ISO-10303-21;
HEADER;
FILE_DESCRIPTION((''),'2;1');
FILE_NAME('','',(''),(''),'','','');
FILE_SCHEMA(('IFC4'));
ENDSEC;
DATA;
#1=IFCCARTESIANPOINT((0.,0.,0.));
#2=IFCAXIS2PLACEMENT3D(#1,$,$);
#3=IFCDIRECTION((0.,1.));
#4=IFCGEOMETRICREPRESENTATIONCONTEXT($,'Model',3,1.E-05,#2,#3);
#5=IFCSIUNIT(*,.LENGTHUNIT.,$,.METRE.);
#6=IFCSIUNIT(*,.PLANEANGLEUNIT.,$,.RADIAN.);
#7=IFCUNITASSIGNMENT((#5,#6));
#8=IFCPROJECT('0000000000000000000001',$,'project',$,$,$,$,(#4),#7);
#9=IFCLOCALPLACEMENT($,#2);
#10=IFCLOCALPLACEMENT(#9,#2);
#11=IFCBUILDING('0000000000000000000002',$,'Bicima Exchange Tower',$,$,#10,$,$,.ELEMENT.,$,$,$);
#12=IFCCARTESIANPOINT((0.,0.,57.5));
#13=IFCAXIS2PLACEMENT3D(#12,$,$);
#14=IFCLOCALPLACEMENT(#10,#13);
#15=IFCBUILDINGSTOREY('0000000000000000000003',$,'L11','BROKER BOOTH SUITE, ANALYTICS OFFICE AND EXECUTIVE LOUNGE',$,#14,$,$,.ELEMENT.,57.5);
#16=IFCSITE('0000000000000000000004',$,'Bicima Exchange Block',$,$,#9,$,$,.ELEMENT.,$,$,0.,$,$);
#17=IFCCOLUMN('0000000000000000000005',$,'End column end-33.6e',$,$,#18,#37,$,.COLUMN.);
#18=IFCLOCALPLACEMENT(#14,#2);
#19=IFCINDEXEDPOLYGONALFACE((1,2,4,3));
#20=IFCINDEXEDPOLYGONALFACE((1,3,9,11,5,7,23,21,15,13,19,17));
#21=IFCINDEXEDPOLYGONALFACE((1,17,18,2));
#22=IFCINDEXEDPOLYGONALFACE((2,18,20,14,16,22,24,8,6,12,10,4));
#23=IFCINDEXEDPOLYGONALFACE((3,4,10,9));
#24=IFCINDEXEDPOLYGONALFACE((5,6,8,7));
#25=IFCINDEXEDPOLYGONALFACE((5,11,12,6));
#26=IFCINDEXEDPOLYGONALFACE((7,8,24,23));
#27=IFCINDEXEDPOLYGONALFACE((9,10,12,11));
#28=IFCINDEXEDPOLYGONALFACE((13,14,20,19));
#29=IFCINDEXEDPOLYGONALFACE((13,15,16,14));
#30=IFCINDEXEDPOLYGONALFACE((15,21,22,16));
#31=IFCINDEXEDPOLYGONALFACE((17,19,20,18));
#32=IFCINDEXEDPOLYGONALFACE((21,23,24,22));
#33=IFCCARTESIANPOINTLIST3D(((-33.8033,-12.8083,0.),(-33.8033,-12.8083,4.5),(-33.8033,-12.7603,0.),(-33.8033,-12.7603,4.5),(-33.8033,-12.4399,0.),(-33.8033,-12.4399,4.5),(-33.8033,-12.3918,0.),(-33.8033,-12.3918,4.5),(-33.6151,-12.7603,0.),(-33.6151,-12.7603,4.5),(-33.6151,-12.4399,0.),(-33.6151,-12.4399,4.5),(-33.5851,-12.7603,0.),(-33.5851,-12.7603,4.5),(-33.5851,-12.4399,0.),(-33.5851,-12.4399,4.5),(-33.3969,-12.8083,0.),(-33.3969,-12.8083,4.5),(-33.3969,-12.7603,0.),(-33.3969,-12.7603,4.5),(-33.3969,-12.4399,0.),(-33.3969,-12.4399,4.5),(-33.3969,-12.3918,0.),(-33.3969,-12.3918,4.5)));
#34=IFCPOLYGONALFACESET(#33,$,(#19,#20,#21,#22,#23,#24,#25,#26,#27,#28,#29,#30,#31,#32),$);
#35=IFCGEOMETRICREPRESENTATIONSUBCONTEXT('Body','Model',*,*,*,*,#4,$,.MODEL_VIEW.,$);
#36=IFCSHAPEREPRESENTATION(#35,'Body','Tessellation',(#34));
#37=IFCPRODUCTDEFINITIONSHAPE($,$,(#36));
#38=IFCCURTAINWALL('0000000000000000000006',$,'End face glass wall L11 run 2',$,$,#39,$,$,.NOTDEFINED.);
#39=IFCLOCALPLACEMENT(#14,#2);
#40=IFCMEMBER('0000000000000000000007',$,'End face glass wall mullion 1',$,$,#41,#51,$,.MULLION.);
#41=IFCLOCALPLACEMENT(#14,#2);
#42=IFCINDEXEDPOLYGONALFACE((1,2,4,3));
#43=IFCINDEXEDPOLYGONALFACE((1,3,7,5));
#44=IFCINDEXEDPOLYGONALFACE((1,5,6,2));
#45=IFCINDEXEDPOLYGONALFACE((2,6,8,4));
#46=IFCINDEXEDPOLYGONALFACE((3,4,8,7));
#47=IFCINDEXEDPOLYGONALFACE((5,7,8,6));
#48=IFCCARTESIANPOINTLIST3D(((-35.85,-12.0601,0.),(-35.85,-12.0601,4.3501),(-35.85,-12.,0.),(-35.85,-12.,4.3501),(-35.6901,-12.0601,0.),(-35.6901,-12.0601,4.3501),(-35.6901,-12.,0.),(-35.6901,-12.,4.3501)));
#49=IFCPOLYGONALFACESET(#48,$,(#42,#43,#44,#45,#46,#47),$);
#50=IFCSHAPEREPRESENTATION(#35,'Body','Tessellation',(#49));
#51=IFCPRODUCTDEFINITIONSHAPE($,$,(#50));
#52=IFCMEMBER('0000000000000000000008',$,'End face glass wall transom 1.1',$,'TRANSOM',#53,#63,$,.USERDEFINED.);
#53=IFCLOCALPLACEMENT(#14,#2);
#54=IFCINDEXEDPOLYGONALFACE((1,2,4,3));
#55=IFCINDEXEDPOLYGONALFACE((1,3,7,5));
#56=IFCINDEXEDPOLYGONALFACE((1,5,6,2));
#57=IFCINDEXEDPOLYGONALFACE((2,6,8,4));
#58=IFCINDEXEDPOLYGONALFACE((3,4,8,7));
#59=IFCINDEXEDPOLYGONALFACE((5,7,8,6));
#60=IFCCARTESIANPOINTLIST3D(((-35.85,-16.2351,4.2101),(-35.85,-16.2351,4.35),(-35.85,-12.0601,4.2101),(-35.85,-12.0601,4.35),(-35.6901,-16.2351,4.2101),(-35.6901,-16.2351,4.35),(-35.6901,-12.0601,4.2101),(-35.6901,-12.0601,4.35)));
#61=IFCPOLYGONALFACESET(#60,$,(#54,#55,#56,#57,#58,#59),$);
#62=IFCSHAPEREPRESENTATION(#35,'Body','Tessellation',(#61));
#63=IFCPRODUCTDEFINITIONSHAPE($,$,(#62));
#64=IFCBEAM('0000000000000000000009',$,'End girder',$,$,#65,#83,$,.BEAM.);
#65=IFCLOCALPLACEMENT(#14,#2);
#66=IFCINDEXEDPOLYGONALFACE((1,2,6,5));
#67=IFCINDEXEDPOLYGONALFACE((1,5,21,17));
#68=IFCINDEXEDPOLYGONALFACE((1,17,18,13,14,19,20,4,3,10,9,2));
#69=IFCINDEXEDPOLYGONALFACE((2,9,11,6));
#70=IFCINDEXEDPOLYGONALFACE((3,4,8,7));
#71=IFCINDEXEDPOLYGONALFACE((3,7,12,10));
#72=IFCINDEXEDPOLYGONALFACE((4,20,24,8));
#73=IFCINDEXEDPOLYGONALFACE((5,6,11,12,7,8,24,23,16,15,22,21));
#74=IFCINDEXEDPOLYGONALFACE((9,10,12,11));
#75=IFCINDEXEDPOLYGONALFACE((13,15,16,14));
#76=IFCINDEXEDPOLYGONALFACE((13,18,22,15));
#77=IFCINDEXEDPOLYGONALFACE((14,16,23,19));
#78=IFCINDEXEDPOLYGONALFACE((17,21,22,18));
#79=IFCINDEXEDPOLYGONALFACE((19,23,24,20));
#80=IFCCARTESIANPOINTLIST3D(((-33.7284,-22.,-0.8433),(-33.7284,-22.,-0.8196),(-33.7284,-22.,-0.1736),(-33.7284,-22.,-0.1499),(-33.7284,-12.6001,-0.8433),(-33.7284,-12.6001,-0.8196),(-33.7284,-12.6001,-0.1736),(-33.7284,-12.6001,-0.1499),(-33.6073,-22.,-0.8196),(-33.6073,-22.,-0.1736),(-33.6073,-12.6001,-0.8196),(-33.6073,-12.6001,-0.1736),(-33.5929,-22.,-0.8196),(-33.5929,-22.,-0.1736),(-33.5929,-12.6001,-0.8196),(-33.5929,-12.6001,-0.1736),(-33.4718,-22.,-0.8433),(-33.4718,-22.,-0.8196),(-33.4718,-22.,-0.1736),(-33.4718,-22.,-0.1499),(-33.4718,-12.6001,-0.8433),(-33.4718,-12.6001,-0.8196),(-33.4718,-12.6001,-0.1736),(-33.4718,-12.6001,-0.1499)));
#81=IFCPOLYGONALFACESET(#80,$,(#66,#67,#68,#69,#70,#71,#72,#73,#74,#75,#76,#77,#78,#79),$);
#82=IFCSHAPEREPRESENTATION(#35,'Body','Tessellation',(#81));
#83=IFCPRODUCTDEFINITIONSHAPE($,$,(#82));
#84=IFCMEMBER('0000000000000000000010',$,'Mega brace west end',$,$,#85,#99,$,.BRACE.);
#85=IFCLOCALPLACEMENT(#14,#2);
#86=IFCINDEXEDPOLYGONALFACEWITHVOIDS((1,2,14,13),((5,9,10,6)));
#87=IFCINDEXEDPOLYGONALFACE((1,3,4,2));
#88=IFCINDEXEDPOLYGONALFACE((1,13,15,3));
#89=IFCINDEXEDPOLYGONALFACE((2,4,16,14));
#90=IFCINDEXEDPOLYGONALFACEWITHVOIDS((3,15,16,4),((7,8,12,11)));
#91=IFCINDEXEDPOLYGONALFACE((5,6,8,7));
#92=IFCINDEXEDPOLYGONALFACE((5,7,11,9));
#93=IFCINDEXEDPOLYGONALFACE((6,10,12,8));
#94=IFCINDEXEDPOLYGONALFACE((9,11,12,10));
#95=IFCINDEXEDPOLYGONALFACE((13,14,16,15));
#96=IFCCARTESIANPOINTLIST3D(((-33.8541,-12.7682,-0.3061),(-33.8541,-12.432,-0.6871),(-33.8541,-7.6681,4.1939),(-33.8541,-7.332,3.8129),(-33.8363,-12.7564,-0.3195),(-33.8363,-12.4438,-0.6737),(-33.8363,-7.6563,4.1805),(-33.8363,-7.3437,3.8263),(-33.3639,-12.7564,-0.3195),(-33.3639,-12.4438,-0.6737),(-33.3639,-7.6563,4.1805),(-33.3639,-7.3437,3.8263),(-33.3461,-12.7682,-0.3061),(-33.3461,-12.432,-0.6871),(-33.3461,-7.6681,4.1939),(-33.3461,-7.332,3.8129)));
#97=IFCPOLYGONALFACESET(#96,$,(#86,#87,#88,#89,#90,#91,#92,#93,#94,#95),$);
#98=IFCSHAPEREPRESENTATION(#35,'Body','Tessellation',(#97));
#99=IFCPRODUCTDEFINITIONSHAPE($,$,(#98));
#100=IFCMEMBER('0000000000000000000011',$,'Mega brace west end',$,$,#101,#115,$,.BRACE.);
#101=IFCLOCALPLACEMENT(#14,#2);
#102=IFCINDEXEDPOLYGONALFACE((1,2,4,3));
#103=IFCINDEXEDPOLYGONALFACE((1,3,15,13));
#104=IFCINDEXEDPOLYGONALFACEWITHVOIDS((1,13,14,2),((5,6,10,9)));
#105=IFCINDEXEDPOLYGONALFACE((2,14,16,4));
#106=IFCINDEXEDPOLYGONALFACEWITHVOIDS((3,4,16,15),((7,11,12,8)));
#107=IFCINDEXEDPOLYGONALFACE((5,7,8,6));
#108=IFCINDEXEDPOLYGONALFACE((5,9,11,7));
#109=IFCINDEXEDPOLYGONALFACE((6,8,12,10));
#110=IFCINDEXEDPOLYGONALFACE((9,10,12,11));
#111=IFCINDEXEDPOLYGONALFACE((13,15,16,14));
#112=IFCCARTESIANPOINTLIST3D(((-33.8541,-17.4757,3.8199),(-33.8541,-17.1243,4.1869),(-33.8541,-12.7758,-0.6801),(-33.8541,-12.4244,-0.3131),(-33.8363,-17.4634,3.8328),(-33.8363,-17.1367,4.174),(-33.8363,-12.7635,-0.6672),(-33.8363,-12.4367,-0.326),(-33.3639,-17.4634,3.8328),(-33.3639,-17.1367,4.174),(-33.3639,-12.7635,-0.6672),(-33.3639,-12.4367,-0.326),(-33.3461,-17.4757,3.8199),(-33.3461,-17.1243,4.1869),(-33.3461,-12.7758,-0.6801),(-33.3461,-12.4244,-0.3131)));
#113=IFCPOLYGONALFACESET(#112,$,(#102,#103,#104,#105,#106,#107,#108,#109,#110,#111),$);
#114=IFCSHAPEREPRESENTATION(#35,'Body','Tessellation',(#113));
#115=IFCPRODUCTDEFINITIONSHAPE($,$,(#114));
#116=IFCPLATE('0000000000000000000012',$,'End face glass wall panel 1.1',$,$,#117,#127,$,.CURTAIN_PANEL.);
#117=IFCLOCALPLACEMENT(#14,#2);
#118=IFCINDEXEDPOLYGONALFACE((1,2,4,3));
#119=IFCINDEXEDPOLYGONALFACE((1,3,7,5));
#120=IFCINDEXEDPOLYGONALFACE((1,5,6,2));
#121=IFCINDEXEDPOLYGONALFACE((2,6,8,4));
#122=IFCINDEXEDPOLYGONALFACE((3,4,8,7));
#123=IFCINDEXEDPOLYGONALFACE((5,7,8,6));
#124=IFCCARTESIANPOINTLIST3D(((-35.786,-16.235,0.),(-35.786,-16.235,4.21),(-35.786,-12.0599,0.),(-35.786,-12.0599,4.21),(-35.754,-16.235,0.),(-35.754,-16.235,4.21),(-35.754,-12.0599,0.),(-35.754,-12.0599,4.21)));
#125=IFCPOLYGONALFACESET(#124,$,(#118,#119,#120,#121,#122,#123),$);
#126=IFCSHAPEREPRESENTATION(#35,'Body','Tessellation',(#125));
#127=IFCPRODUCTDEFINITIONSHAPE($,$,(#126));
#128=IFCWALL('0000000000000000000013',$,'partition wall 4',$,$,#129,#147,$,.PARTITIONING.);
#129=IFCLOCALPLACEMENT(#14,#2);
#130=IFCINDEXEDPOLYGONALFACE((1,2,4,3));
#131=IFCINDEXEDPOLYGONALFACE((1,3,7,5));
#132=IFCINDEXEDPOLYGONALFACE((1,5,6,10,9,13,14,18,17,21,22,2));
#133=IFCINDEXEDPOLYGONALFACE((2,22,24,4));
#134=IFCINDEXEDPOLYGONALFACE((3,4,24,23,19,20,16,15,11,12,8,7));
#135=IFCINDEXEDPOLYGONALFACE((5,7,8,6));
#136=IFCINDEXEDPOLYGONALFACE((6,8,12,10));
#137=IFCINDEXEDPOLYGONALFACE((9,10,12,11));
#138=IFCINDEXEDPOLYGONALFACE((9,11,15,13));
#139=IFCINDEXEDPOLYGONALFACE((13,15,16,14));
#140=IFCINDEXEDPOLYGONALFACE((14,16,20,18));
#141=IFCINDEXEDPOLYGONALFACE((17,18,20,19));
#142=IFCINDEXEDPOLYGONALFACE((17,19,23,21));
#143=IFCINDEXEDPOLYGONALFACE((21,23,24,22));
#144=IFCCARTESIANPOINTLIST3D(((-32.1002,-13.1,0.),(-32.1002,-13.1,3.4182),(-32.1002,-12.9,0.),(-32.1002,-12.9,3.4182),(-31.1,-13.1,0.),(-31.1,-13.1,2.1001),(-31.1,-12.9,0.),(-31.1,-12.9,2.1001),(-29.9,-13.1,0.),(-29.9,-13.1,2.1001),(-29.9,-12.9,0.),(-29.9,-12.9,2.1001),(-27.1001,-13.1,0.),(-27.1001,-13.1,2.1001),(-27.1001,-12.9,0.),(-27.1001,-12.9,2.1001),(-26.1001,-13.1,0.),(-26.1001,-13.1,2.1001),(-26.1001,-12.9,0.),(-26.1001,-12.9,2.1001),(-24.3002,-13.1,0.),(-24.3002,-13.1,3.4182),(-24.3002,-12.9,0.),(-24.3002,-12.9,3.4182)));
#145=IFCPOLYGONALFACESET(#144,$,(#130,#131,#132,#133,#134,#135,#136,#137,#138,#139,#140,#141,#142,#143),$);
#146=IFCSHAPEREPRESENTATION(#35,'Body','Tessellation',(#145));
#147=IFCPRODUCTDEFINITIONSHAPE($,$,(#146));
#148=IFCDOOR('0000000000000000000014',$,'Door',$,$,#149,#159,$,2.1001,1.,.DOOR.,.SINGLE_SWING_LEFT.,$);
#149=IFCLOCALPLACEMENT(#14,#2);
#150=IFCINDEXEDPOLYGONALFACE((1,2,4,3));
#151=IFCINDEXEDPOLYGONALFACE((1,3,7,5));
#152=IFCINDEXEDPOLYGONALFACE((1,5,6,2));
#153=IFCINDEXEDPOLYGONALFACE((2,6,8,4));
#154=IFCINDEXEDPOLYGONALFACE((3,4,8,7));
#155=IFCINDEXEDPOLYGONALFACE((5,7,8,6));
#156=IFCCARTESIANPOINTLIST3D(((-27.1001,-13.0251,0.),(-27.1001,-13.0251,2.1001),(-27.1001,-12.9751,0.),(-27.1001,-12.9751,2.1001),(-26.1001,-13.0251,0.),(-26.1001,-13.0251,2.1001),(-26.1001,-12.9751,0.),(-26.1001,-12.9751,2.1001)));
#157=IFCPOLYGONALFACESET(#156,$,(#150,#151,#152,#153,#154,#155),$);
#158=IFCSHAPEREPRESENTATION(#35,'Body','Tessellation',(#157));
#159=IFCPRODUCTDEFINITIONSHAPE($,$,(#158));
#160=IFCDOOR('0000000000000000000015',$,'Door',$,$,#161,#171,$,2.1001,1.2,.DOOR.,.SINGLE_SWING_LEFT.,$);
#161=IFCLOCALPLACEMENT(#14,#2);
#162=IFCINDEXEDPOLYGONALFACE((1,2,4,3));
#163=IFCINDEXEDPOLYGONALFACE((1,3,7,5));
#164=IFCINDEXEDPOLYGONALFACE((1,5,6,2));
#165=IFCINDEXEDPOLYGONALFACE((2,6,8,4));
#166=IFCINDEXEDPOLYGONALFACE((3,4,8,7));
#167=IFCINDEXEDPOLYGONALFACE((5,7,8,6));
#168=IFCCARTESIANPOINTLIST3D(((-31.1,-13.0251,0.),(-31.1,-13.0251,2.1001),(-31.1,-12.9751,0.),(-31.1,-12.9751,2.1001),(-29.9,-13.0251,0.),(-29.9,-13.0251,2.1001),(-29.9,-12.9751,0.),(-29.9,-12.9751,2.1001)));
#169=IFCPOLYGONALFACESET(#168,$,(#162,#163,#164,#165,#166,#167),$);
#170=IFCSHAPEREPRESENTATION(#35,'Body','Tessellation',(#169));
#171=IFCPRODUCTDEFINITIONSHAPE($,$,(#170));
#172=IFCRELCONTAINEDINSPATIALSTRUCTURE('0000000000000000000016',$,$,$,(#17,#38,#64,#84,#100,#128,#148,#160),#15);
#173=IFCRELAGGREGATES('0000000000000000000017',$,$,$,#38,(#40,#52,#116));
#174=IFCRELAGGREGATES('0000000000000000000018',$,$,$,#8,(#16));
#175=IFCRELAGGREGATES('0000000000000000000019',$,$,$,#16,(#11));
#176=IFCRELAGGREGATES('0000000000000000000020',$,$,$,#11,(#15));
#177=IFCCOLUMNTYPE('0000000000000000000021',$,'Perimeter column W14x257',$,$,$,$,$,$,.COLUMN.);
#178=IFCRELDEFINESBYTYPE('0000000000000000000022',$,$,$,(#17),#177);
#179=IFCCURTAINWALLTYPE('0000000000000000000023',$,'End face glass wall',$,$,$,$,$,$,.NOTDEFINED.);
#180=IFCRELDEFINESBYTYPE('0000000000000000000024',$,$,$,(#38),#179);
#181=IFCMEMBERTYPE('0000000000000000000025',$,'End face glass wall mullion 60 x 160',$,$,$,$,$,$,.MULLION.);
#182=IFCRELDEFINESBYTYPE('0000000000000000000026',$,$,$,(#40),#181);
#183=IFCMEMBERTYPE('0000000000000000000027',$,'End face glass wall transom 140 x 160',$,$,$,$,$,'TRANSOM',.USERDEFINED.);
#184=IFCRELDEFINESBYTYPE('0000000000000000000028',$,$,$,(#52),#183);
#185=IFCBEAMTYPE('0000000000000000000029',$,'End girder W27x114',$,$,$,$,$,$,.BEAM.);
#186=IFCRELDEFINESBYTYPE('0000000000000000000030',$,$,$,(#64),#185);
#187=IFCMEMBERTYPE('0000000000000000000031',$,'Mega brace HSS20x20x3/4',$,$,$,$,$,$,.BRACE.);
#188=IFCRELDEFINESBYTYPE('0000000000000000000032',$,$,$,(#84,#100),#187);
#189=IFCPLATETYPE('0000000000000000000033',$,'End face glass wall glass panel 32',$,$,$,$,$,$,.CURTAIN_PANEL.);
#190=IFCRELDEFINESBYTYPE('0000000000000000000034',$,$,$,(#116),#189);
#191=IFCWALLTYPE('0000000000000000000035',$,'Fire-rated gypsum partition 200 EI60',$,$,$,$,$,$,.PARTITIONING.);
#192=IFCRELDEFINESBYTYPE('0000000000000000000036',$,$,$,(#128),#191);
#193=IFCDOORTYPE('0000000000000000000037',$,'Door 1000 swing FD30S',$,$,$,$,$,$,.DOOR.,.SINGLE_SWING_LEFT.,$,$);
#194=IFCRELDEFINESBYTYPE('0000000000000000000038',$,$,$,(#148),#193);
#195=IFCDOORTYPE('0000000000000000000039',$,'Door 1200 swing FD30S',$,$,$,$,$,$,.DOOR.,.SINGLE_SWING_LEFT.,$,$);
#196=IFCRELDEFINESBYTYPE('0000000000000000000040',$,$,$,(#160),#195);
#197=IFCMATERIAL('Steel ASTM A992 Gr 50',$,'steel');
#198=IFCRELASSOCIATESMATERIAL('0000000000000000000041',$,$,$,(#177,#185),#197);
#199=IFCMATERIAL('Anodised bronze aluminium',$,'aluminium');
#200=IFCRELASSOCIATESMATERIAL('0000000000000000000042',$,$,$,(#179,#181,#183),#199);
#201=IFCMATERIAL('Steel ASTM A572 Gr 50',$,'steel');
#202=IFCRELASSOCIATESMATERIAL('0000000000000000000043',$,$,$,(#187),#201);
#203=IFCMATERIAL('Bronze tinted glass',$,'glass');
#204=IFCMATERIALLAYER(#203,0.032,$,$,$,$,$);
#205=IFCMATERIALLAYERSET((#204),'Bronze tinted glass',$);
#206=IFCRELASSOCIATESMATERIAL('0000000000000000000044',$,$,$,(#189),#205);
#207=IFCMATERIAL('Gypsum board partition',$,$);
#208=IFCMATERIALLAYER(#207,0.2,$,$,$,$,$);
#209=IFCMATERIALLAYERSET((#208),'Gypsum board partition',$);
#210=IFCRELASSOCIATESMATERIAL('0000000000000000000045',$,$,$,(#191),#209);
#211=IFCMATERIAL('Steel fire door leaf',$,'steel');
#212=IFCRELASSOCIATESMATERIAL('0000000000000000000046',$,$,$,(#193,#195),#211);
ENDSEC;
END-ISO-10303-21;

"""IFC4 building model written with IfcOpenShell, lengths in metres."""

from ifc_helpers import new_model, si_unit, direction, frame, frame_2d, origin, origin_2d, place, context, subcontext, project, spatial, rectangle, hollow_rectangle, i_section, extrude, material, layer, layer_set, material_profile, profile_set, type_object, element, fill, aggregate, save


model = new_model("IFC4")

# Units and contexts
model_context = context("Model", 3, precision=1e-05, world=origin(), true_north=direction((0.0, 1.0)))
body_context = subcontext(model_context, "Body", "Model", "MODEL_VIEW")
ifc_project = project(units=[si_unit("LENGTHUNIT", "METRE"), si_unit("PLANEANGLEUNIT", "RADIAN")], contexts=[model_context])

# Site, building, storey
site_placement = place(None, origin())
site = spatial("IfcSite", under=ifc_project, at=site_placement, Name="Bicima Exchange Block", CompositionType="ELEMENT", RefElevation=0.0)
building_placement = place(site_placement, origin())
building = spatial("IfcBuilding", under=site, at=building_placement, Name="Bicima Exchange Tower", CompositionType="ELEMENT")
storey_placement = place(building_placement, frame((0.0, 0.0, 57.5)))
storey = spatial("IfcBuildingStorey", under=building, at=storey_placement, Name="L11", Description="BROKER BOOTH SUITE, ANALYTICS OFFICE AND EXECUTIVE LOUNGE", CompositionType="ELEMENT", Elevation=57.5)

# Column
ifc_material_1 = material(Name="Steel ASTM A992 Gr 50", Category="steel")
ifc_material_profile_1 = material_profile(ifc_material_1, i_section(OverallWidth=0.4065, OverallDepth=0.4165, WebThickness=0.03, FlangeThickness=0.0481, at=origin_2d()))
ifc_profile_set_1 = profile_set([ifc_material_profile_1], Name="Steel ASTM A992 Gr 50")
column_type = type_object("IfcColumnType", Name="Perimeter column W14x257", PredefinedType="COLUMN", material=ifc_profile_set_1)
column_placement = place(storey_placement, frame((-33.6001, -12.6001, 0.0), z_axis=(0.0, 0.0, 1.0), x_axis=(1.0, 0.0, 0.0)))
element("IfcColumn", 1, at=column_placement, inside=storey, type_object=column_type, Name="End column end-33.6e", PredefinedType="COLUMN", context=body_context, shape_type="SweptSolid", body=[
    extrude(i_section(OverallWidth=0.4065, OverallDepth=0.4165, WebThickness=0.03, FlangeThickness=0.0481, at=origin_2d()), origin(), (0.0, 0.0, 1.0), 4.5),
])

# Curtain wall, members
ifc_material_2 = material(Name="Anodised bronze aluminium", Category="aluminium")
curtain_wall_type = type_object("IfcCurtainWallType", Name="End face glass wall", PredefinedType="NOTDEFINED", material=ifc_material_2)
curtain_wall_placement = place(storey_placement, origin())
curtain_wall = element("IfcCurtainWall", 2, at=curtain_wall_placement, inside=storey, type_object=curtain_wall_type, Name="End face glass wall L11 run 2", PredefinedType="NOTDEFINED")
ifc_material_profile_2 = material_profile(ifc_material_2, rectangle(XDim=0.1599, YDim=0.0601, at=origin_2d()))
ifc_profile_set_2 = profile_set([ifc_material_profile_2], Name="Anodised bronze aluminium")
member_type_1 = type_object("IfcMemberType", Name="End face glass wall mullion 60 x 160", PredefinedType="MULLION", material=ifc_profile_set_2)
member_1_placement = place(storey_placement, frame((-35.77, -12.03, 0.0), z_axis=(0.0, 0.0, 1.0), x_axis=(1.0, 0.0, 0.0)))
member_1 = element("IfcMember", 3, at=member_1_placement, type_object=member_type_1, Name="End face glass wall mullion 1", PredefinedType="MULLION", context=body_context, shape_type="SweptSolid", body=[
    extrude(rectangle(XDim=0.1599, YDim=0.0601, at=origin_2d()), origin(), (0.0, 0.0, 1.0), 4.3501),
])
ifc_material_profile_3 = material_profile(ifc_material_2, rectangle(XDim=0.1599, YDim=0.1399, at=origin_2d()))
ifc_profile_set_3 = profile_set([ifc_material_profile_3], Name="Anodised bronze aluminium")
member_type_2 = type_object("IfcMemberType", Name="End face glass wall transom 140 x 160", ElementType="TRANSOM", PredefinedType="USERDEFINED", material=ifc_profile_set_3)
member_2_placement = place(storey_placement, frame((-35.77, -12.0601, 4.28), z_axis=(0.0, -1.0, 0.0), x_axis=(1.0, 0.0, 0.0)))
member_2 = element("IfcMember", 4, at=member_2_placement, type_object=member_type_2, Name="End face glass wall transom 1.1", ObjectType="TRANSOM", PredefinedType="USERDEFINED", context=body_context, shape_type="SweptSolid", body=[
    extrude(rectangle(XDim=0.1599, YDim=0.1399, at=origin_2d()), origin(), (0.0, 0.0, 1.0), 4.175),
])

# Beam
ifc_material_profile_4 = material_profile(ifc_material_1, i_section(OverallWidth=0.2566, OverallDepth=0.6934, WebThickness=0.0144, FlangeThickness=0.0237, at=origin_2d()))
ifc_profile_set_4 = profile_set([ifc_material_profile_4], Name="Steel ASTM A992 Gr 50")
beam_type = type_object("IfcBeamType", Name="End girder W27x114", PredefinedType="BEAM", material=ifc_profile_set_4)
beam_placement = place(storey_placement, frame((-33.6001, -12.6001, -0.4966), z_axis=(0.0, -1.0, 0.0), x_axis=(1.0, 0.0, 0.0)))
element("IfcBeam", 5, at=beam_placement, inside=storey, type_object=beam_type, Name="End girder", PredefinedType="BEAM", context=body_context, shape_type="SweptSolid", body=[
    extrude(i_section(OverallWidth=0.2566, OverallDepth=0.6934, WebThickness=0.0144, FlangeThickness=0.0237, at=origin_2d()), origin(), (0.0, 0.0, 1.0), 9.3999),
])

# Members
ifc_material_3 = material(Name="Steel ASTM A572 Gr 50", Category="steel")
ifc_material_profile_5 = material_profile(ifc_material_3, hollow_rectangle(XDim=0.5081, YDim=0.5081, WallThickness=0.0178, at=origin_2d()))
ifc_profile_set_5 = profile_set([ifc_material_profile_5], Name="Steel ASTM A572 Gr 50")
member_type_3 = type_object("IfcMemberType", Name="Mega brace HSS20x20x3/4", PredefinedType="BRACE", material=ifc_profile_set_5)
member_3_placement = place(storey_placement, frame((-33.6001, -12.6001, -0.4966), z_axis=(0.0, 0.749844, 0.661615), x_axis=(-1.0, 0.0, 0.0)))
element("IfcMember", 6, at=member_3_placement, inside=storey, type_object=member_type_3, Name="Mega brace west end", PredefinedType="BRACE", context=body_context, shape_type="SweptSolid", body=[
    extrude(hollow_rectangle(XDim=0.5081, YDim=0.5081, WallThickness=0.0178, at=origin_2d()), origin(), (0.0, 0.0, 1.0), 6.8015),
])
member_4_placement = place(storey_placement, frame((-33.6001, -12.6001, -0.4966), z_axis=(0.0, -0.722304, 0.691575), x_axis=(1.0, 0.0, 0.0)))
element("IfcMember", 7, at=member_4_placement, inside=storey, type_object=member_type_3, Name="Mega brace west end", PredefinedType="BRACE", context=body_context, shape_type="SweptSolid", body=[
    extrude(hollow_rectangle(XDim=0.5081, YDim=0.5081, WallThickness=0.0178, at=origin_2d()), origin(), (0.0, 0.0, 1.0), 6.5068),
])

# Plate
ifc_material_4 = material(Name="Bronze tinted glass", Category="glass")
ifc_layer_1 = layer(ifc_material_4, 0.032)
ifc_layer_set_1 = layer_set([ifc_layer_1], Name="Bronze tinted glass")
plate_type = type_object("IfcPlateType", Name="End face glass wall glass panel 32", PredefinedType="CURTAIN_PANEL", material=ifc_layer_set_1)
plate_placement = place(storey_placement, frame((-35.77, -14.1475, 0.0), z_axis=(0.0, 0.0, 1.0), x_axis=(0.0, -1.0, 0.0)))
plate = element("IfcPlate", 8, at=plate_placement, type_object=plate_type, Name="End face glass wall panel 1.1", PredefinedType="CURTAIN_PANEL", context=body_context, shape_type="SweptSolid", body=[
    extrude(rectangle(XDim=4.175, YDim=0.032, at=origin_2d()), origin(), (0.0, 0.0, 1.0), 4.21),
])
aggregate(curtain_wall, [member_1, member_2, plate])

# Wall, openings, doors
ifc_material_5 = material(Name="Gypsum board partition")
ifc_layer_2 = layer(ifc_material_5, 0.2)
ifc_layer_set_2 = layer_set([ifc_layer_2], Name="Gypsum board partition")
wall_type_1 = type_object("IfcWallType", Name="Fire-rated gypsum partition 200 EI60", PredefinedType="PARTITIONING", material=ifc_layer_set_2)
ifc_material_6 = material(Name="Steel fire door leaf", Category="steel")
door_type_1 = type_object("IfcDoorType", Name="Door 1000 swing FD30S", OperationType="SINGLE_SWING_LEFT", PredefinedType="DOOR", material=ifc_material_6)
wall_1_placement = place(storey_placement, frame((-32.1001, -13.0, 0.0), z_axis=(0.0, 0.0, 1.0), x_axis=(1.0, 0.0, 0.0)))
wall_1 = element("IfcWall", 9, at=wall_1_placement, inside=storey, type_object=wall_type_1, Name="partition wall 4", PredefinedType="PARTITIONING", context=body_context, shape_type="SweptSolid", body=[
    extrude(rectangle(XDim=7.8, YDim=0.2, at=frame_2d((3.8999, 0.0))), origin(), (0.0, 0.0, 1.0), 3.4182),
])
opening_1_placement = place(wall_1_placement, frame((1.0, 0.0, 0.0)))
opening_1 = element("IfcOpeningElement", 10, at=opening_1_placement, cuts=wall_1, PredefinedType="OPENING", context=body_context, shape_type="SweptSolid", body=[
    extrude(rectangle(XDim=1.2, YDim=2.1001, at=frame_2d((0.6001, 1.05))), frame((0.0, 0.1118, 0.0), z_axis=(0.0, -1.0, 0.0), x_axis=(1.0, 0.0, 0.0)), (0.0, 0.0, 1.0), 0.2239),
])
opening_2_placement = place(wall_1_placement, frame((5.0, 0.0, 0.0)))
opening_2 = element("IfcOpeningElement", 11, at=opening_2_placement, cuts=wall_1, PredefinedType="OPENING", context=body_context, shape_type="SweptSolid", body=[
    extrude(rectangle(XDim=1.0, YDim=2.1001, at=frame_2d((0.5, 1.05))), frame((0.0, 0.1118, 0.0), z_axis=(0.0, -1.0, 0.0), x_axis=(1.0, 0.0, 0.0)), (0.0, 0.0, 1.0), 0.2239),
])
door_1_placement = place(opening_2_placement, origin())
door_1 = element("IfcDoor", 12, at=door_1_placement, inside=storey, type_object=door_type_1, Name="Door", OperationType="SINGLE_SWING_LEFT", OverallHeight=2.1001, OverallWidth=1.0, PredefinedType="DOOR", context=body_context, shape_type="SweptSolid", body=[
    extrude(rectangle(XDim=1.0, YDim=2.1001, at=frame_2d((0.5, 1.05))), frame((0.0, 0.0249, 0.0), z_axis=(0.0, -1.0, 0.0), x_axis=(1.0, 0.0, 0.0)), (0.0, 0.0, 1.0), 0.05),
])
fill(opening_2, door_1)
door_type_2 = type_object("IfcDoorType", Name="Door 1200 swing FD30S", OperationType="SINGLE_SWING_LEFT", PredefinedType="DOOR", material=ifc_material_6)
door_2_placement = place(opening_1_placement, origin())
door_2 = element("IfcDoor", 13, at=door_2_placement, inside=storey, type_object=door_type_2, Name="Door", OperationType="SINGLE_SWING_LEFT", OverallHeight=2.1001, OverallWidth=1.2, PredefinedType="DOOR", context=body_context, shape_type="SweptSolid", body=[
    extrude(rectangle(XDim=1.2, YDim=2.1001, at=frame_2d((0.6001, 1.05))), frame((0.0, 0.0249, 0.0), z_axis=(0.0, -1.0, 0.0), x_axis=(1.0, 0.0, 0.0)), (0.0, 0.0, 1.0), 0.05),
])
fill(opening_1, door_2)

save(model, "model.ifc")
